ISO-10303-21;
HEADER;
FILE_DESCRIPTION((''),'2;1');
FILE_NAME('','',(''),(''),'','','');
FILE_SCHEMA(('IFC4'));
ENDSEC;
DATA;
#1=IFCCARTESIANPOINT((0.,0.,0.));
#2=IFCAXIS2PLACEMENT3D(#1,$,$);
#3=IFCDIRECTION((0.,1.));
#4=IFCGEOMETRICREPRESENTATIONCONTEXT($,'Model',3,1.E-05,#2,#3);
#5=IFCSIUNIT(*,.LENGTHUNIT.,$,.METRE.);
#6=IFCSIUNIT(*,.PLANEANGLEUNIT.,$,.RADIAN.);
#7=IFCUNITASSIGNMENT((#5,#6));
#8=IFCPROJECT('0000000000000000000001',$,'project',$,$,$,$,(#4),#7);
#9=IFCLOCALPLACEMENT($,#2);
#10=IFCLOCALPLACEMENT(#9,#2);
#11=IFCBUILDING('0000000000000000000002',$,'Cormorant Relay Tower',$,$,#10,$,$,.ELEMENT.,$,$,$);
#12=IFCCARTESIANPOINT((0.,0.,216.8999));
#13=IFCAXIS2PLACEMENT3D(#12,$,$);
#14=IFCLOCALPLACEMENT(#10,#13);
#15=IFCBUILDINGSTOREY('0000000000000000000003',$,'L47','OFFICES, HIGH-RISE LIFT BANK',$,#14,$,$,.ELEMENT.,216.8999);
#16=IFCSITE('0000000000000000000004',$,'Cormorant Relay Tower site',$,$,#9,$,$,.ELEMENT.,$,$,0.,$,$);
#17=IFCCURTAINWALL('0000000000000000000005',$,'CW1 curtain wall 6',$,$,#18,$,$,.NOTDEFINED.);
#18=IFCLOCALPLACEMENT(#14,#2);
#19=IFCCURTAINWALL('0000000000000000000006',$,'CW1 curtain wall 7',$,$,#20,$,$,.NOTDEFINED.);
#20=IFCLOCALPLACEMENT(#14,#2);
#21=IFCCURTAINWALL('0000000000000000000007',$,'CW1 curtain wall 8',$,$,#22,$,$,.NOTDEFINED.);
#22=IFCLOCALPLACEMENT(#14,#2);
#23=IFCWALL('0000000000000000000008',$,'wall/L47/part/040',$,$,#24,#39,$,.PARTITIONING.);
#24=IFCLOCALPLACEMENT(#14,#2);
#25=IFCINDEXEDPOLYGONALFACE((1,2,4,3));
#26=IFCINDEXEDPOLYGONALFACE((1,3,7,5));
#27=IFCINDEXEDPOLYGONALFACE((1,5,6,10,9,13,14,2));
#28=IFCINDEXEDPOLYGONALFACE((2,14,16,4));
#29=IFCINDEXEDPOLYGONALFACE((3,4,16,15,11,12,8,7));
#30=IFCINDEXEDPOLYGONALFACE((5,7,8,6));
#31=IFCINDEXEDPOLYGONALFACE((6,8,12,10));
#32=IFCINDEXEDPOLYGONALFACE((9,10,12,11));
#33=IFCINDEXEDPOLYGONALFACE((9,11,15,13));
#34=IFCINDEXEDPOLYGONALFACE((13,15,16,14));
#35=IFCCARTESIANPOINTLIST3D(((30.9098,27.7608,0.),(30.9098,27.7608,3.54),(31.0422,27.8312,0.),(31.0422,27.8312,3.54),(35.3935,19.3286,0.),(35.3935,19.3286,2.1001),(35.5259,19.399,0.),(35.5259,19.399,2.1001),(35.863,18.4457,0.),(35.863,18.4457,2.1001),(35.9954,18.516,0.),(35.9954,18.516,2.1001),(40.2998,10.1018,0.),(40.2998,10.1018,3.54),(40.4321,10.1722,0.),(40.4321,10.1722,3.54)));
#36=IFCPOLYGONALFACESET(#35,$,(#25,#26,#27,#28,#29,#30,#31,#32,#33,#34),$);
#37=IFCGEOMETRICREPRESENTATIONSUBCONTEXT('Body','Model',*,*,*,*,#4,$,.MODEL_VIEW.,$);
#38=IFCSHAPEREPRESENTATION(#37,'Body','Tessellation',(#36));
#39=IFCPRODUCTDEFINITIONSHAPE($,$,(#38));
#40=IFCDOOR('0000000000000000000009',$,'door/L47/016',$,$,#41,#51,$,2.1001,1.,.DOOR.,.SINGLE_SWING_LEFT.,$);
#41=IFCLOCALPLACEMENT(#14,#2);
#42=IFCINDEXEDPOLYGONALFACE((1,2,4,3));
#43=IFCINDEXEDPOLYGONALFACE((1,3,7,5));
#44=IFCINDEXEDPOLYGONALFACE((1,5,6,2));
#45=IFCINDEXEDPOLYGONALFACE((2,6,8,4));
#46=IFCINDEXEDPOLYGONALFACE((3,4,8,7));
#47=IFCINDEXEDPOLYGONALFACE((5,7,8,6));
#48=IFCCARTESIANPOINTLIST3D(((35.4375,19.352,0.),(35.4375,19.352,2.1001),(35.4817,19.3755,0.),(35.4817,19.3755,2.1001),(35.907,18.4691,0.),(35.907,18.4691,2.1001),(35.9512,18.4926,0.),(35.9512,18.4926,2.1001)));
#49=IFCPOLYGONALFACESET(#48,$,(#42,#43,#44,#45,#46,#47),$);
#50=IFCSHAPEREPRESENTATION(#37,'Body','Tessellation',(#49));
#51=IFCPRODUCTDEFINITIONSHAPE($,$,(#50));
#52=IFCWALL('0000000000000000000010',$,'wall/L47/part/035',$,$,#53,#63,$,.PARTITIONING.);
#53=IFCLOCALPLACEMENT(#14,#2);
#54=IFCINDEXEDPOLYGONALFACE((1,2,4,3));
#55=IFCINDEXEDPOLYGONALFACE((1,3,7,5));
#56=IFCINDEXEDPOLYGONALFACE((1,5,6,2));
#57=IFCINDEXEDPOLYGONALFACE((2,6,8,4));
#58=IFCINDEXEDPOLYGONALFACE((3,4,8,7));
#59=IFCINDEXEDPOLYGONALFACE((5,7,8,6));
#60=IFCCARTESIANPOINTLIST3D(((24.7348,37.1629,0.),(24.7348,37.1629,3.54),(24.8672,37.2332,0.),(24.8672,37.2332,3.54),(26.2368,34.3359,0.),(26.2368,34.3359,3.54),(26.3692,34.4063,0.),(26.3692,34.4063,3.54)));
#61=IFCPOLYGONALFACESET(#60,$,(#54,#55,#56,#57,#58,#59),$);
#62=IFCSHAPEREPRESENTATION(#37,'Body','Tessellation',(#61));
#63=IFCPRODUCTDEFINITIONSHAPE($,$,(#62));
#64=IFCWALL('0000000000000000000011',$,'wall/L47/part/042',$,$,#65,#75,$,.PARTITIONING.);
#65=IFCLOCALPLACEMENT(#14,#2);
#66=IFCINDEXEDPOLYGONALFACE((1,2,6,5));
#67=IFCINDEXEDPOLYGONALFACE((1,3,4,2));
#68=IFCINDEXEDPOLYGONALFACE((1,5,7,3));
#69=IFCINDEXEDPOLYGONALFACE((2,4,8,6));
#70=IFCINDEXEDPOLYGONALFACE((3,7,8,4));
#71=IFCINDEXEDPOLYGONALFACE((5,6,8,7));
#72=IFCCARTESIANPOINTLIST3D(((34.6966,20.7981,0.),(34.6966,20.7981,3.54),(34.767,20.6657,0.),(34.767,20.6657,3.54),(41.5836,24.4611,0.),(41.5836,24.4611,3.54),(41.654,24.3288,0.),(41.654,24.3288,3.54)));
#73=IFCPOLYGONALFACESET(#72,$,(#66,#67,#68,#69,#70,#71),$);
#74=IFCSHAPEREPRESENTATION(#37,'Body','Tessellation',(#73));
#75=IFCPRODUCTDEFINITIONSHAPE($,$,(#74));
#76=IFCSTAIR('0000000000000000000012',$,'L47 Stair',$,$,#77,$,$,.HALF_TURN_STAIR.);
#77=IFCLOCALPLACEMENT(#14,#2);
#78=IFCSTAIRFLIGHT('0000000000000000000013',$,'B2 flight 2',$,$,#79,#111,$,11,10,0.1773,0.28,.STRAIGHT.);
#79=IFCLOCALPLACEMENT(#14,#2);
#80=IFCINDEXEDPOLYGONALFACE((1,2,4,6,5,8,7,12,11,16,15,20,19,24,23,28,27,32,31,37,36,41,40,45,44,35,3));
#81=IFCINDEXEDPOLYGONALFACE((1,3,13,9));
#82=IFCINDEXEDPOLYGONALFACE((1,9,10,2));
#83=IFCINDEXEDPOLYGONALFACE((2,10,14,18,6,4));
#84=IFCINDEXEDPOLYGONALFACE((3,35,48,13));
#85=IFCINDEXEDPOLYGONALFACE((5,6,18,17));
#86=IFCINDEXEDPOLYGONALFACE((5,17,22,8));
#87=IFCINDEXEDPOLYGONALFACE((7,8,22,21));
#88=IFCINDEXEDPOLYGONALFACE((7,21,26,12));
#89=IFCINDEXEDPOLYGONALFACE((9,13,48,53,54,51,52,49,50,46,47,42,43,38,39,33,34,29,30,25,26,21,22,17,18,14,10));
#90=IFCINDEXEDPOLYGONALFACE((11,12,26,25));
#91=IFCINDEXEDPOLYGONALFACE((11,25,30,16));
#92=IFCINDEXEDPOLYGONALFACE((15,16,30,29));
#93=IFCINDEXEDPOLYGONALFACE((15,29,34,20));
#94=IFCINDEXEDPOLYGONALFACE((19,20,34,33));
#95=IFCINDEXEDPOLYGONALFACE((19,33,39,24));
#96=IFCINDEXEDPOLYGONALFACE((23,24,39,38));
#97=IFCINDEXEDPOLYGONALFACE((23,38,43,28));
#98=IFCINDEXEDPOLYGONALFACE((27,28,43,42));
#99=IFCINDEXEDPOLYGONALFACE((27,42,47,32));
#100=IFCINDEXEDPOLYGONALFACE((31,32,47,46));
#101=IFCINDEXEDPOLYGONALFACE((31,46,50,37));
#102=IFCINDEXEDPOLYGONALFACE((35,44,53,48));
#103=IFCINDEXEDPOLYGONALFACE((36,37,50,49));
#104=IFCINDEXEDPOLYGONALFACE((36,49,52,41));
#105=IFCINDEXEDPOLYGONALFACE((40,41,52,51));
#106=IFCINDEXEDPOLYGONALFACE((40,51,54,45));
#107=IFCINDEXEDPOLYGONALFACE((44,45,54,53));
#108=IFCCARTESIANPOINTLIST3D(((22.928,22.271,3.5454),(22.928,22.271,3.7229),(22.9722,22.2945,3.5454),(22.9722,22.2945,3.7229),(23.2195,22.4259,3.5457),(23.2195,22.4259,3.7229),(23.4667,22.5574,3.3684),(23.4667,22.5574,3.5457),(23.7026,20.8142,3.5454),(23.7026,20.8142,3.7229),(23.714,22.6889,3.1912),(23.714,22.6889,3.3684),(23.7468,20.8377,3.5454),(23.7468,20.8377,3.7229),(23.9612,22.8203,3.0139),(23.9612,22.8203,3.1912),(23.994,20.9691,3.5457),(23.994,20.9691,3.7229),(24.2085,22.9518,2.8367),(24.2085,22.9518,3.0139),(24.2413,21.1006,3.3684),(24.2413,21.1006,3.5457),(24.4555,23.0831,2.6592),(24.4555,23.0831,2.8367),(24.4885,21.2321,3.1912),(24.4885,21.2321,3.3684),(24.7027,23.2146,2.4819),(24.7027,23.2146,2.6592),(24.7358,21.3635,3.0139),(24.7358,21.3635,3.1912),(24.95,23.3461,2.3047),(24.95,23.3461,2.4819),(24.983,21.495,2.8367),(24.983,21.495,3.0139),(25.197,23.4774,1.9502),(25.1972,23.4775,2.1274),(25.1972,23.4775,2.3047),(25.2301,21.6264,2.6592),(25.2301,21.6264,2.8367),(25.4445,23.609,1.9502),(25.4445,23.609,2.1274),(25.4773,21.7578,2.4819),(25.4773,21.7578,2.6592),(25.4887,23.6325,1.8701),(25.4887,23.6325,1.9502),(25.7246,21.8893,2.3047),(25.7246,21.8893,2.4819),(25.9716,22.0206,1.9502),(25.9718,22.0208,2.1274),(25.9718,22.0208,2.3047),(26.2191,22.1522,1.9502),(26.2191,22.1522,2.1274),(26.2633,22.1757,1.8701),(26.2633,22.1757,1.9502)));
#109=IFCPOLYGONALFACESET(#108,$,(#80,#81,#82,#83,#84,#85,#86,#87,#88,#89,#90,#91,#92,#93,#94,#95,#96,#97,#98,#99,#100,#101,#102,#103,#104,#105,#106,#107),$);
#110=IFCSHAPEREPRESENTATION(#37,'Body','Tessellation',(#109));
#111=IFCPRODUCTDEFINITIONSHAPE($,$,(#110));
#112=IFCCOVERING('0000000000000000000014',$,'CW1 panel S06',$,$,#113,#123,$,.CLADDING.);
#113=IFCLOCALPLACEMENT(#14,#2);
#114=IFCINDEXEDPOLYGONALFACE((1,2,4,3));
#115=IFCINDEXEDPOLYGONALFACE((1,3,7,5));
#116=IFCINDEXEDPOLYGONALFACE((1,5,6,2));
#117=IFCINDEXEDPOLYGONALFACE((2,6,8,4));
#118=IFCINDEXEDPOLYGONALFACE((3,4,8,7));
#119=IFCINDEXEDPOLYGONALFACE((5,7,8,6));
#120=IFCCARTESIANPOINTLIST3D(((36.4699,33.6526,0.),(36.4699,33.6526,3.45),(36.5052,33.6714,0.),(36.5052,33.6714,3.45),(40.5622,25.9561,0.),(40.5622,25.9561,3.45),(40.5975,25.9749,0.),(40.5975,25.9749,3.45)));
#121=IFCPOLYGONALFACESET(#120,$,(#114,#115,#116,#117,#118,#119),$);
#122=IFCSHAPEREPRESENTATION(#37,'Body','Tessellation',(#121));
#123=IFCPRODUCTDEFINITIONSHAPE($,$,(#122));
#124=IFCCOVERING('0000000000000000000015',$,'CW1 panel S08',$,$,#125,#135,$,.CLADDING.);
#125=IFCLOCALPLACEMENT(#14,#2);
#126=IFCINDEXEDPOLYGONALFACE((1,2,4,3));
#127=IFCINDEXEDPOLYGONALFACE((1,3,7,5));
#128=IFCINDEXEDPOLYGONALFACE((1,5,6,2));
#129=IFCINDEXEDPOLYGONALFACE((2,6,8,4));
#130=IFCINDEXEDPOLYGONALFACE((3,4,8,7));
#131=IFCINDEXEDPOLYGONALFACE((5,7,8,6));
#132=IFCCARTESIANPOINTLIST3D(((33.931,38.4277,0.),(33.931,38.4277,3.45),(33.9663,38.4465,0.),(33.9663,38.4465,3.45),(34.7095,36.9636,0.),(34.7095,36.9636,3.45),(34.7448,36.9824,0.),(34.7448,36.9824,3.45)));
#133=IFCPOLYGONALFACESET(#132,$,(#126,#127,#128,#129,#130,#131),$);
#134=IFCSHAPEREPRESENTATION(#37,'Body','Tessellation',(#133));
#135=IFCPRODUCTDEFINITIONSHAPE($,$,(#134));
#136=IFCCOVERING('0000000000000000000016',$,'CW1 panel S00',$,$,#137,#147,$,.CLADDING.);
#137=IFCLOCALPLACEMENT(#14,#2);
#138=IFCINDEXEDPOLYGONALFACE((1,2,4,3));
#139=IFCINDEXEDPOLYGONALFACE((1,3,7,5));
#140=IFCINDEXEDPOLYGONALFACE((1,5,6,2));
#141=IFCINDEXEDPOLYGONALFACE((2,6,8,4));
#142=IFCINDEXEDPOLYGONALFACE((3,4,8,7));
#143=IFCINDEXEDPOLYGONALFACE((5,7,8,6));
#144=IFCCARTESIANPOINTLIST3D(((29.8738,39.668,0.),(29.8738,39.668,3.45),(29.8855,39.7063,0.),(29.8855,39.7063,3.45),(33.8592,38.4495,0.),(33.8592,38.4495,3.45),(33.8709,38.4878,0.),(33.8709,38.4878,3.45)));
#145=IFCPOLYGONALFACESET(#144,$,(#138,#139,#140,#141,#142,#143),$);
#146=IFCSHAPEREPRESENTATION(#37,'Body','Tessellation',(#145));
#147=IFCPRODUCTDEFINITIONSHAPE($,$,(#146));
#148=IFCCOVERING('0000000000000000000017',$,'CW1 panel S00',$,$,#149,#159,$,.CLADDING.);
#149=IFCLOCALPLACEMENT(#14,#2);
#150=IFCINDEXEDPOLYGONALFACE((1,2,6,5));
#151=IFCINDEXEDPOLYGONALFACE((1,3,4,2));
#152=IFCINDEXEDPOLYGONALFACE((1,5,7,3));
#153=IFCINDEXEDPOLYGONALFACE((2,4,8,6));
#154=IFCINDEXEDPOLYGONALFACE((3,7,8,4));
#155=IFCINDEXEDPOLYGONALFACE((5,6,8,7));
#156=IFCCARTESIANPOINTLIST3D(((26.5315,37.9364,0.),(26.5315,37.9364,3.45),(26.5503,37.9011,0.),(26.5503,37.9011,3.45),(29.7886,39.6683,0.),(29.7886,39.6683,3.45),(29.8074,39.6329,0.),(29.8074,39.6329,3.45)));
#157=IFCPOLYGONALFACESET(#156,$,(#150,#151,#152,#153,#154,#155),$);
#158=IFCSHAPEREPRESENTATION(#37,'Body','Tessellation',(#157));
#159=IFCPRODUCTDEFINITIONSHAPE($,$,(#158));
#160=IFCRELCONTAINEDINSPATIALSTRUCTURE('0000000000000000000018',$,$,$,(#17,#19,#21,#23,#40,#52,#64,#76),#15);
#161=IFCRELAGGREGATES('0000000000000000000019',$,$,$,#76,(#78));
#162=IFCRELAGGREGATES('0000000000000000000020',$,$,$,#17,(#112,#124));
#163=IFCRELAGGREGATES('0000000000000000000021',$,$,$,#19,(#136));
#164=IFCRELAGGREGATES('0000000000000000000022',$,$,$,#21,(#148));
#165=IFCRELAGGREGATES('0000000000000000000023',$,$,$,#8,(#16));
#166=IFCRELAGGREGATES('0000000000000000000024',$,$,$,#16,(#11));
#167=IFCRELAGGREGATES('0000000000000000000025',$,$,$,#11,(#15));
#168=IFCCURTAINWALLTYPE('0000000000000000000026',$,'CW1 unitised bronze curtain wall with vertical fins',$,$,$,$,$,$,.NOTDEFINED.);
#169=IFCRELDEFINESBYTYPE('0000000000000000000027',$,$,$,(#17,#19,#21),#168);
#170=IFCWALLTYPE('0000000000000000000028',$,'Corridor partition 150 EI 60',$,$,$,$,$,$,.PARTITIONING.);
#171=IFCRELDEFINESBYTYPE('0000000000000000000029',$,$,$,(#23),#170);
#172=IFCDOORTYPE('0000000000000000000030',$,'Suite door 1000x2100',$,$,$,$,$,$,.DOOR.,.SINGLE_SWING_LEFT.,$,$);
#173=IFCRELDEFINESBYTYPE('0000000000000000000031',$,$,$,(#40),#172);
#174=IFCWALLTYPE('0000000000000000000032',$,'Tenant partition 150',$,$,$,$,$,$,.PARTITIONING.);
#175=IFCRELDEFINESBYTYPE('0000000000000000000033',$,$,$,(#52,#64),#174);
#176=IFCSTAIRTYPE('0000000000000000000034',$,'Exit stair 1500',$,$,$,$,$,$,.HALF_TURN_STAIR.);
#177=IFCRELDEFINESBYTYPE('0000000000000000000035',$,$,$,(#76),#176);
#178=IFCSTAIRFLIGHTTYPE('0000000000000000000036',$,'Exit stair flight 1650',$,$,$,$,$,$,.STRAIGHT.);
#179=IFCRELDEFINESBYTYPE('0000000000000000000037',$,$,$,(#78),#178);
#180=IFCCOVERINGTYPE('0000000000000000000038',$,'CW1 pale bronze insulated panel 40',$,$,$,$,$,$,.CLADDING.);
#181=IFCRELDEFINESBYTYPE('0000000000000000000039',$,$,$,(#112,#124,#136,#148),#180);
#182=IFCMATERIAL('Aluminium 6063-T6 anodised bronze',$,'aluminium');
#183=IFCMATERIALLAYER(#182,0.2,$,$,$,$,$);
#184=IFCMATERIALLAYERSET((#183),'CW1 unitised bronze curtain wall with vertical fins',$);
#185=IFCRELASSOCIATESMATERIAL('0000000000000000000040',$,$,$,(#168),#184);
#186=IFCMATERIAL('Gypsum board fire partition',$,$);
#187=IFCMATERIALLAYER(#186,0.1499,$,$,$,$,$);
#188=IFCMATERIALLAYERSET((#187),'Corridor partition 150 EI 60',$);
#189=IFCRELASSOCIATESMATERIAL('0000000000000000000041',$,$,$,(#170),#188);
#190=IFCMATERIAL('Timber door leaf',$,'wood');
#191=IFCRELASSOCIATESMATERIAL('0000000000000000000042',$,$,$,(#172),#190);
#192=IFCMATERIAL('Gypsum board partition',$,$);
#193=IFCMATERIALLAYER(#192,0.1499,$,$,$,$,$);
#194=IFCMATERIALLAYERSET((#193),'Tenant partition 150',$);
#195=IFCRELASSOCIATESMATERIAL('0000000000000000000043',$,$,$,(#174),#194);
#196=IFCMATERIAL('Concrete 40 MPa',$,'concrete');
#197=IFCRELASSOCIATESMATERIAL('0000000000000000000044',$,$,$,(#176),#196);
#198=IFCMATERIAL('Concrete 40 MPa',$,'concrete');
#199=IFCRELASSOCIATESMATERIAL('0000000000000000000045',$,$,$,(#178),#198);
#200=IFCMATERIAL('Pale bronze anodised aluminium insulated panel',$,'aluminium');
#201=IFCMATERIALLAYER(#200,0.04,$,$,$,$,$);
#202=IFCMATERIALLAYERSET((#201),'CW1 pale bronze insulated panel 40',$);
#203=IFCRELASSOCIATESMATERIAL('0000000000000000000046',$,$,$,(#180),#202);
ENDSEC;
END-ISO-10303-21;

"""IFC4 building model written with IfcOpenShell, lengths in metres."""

from ifc_helpers import new_model, si_unit, direction, frame, frame_2d, origin, origin_2d, place, context, subcontext, project, spatial, polyline, rectangle, outline, extrude, material, layer, layer_set, type_object, element, fill, aggregate, save


model = new_model("IFC4")

# Units and contexts
model_context = context("Model", 3, precision=1e-05, world=origin(), true_north=direction((0.0, 1.0)))
body_context = subcontext(model_context, "Body", "Model", "MODEL_VIEW")
ifc_project = project(units=[si_unit("LENGTHUNIT", "METRE"), si_unit("PLANEANGLEUNIT", "RADIAN")], contexts=[model_context])

# Site, building, storey
site_placement = place(None, origin())
site = spatial("IfcSite", under=ifc_project, at=site_placement, Name="Cormorant Relay Tower site", CompositionType="ELEMENT", RefElevation=0.0)
building_placement = place(site_placement, origin())
building = spatial("IfcBuilding", under=site, at=building_placement, Name="Cormorant Relay Tower", CompositionType="ELEMENT")
storey_placement = place(building_placement, frame((0.0, 0.0, 216.8999)))
storey = spatial("IfcBuildingStorey", under=building, at=storey_placement, Name="L47", Description="OFFICES, HIGH-RISE LIFT BANK", CompositionType="ELEMENT", Elevation=216.8999)

# Curtain wall
ifc_material_1 = material(Name="Aluminium 6063-T6 anodised bronze", Category="aluminium")
ifc_layer_1 = layer(ifc_material_1, 0.2)
ifc_layer_set_1 = layer_set([ifc_layer_1], Name="CW1 unitised bronze curtain wall with vertical fins")
curtain_wall_type = type_object("IfcCurtainWallType", Name="CW1 unitised bronze curtain wall with vertical fins", PredefinedType="NOTDEFINED", material=ifc_layer_set_1)
curtain_wall_1_placement = place(storey_placement, origin())
curtain_wall_1 = element("IfcCurtainWall", 1, at=curtain_wall_1_placement, inside=storey, type_object=curtain_wall_type, Name="CW1 curtain wall 6", PredefinedType="NOTDEFINED")

# Curtain walls
curtain_wall_2_placement = place(storey_placement, origin())
curtain_wall_2 = element("IfcCurtainWall", 2, at=curtain_wall_2_placement, inside=storey, type_object=curtain_wall_type, Name="CW1 curtain wall 7", PredefinedType="NOTDEFINED")
curtain_wall_3_placement = place(storey_placement, origin())
curtain_wall_3 = element("IfcCurtainWall", 3, at=curtain_wall_3_placement, inside=storey, type_object=curtain_wall_type, Name="CW1 curtain wall 8", PredefinedType="NOTDEFINED")

# Wall, opening, door
ifc_material_2 = material(Name="Gypsum board fire partition")
ifc_layer_2 = layer(ifc_material_2, 0.1499)
ifc_layer_set_2 = layer_set([ifc_layer_2], Name="Corridor partition 150 EI 60")
wall_type_1 = type_object("IfcWallType", Name="Corridor partition 150 EI 60", PredefinedType="PARTITIONING", material=ifc_layer_set_2)
ifc_material_3 = material(Name="Timber door leaf", Category="wood")
door_type = type_object("IfcDoorType", Name="Suite door 1000x2100", OperationType="SINGLE_SWING_LEFT", PredefinedType="DOOR", material=ifc_material_3)
wall_1_placement = place(storey_placement, frame((30.9761, 27.7959, 0.0), z_axis=(0.0, 0.0, 1.0), x_axis=(0.46949, -0.882938, 0.0)))
wall_1 = element("IfcWall", 4, at=wall_1_placement, inside=storey, type_object=wall_type_1, Name="wall/L47/part/040", PredefinedType="PARTITIONING", context=body_context, shape_type="SweptSolid", body=[
    extrude(rectangle(XDim=20.0002, YDim=0.1499, at=frame_2d((10.0, 0.0))), origin(), (0.0, 0.0, 1.0), 3.54),
])
opening_1_placement = place(wall_1_placement, frame((9.55, 0.0, 0.0)))
opening_1 = element("IfcOpeningElement", 5, at=opening_1_placement, cuts=wall_1, PredefinedType="OPENING", context=body_context, shape_type="SweptSolid", body=[
    extrude(rectangle(XDim=1.0, YDim=2.1001, at=frame_2d((0.5, 1.05))), frame((0.0, 0.085, 0.0), z_axis=(0.0, -1.0, 0.0), x_axis=(1.0, 0.0, 0.0)), (0.0, 0.0, 1.0), 0.1699),
])
door_1_placement = place(opening_1_placement, origin())
door_1 = element("IfcDoor", 6, at=door_1_placement, inside=storey, type_object=door_type, Name="door/L47/016", OperationType="SINGLE_SWING_LEFT", OverallHeight=2.1001, OverallWidth=1.0, PredefinedType="DOOR", context=body_context, shape_type="SweptSolid", body=[
    extrude(rectangle(XDim=1.0, YDim=2.1001, at=frame_2d((0.5, 1.05))), frame((0.0, 0.0249, 0.0), z_axis=(0.0, -1.0, 0.0), x_axis=(1.0, 0.0, 0.0)), (0.0, 0.0, 1.0), 0.05),
])
fill(opening_1, door_1)

# Walls
ifc_material_4 = material(Name="Gypsum board partition")
ifc_layer_3 = layer(ifc_material_4, 0.1499)
ifc_layer_set_3 = layer_set([ifc_layer_3], Name="Tenant partition 150")
wall_type_2 = type_object("IfcWallType", Name="Tenant partition 150", PredefinedType="PARTITIONING", material=ifc_layer_set_3)
wall_2_placement = place(storey_placement, frame((26.303, 34.3711, 0.0), z_axis=(0.0, 0.0, 1.0), x_axis=(-0.469194, 0.883095, 0.0)))
element("IfcWall", 7, at=wall_2_placement, inside=storey, type_object=wall_type_2, Name="wall/L47/part/035", PredefinedType="PARTITIONING", context=body_context, shape_type="SweptSolid", body=[
    extrude(rectangle(XDim=3.2012, YDim=0.1499, at=frame_2d((1.6006, 0.0))), origin(), (0.0, 0.0, 1.0), 3.54),
])
wall_3_placement = place(storey_placement, frame((41.6189, 24.395, 0.0), z_axis=(0.0, 0.0, 1.0), x_axis=(-0.882883, -0.469594, 0.0)))
element("IfcWall", 8, at=wall_3_placement, inside=storey, type_object=wall_type_2, Name="wall/L47/part/042", PredefinedType="PARTITIONING", context=body_context, shape_type="SweptSolid", body=[
    extrude(rectangle(XDim=7.8005, YDim=0.1499, at=frame_2d((3.9004, 0.0))), origin(), (0.0, 0.0, 1.0), 3.54),
])

# Stair, stair flight
ifc_material_5 = material(Name="Concrete 40 MPa", Category="concrete")
stair_type = type_object("IfcStairType", Name="Exit stair 1500", PredefinedType="HALF_TURN_STAIR", material=ifc_material_5)
stair_placement = place(storey_placement, origin())
stair = element("IfcStair", 9, at=stair_placement, inside=storey, type_object=stair_type, Name="L47 Stair", PredefinedType="HALF_TURN_STAIR")
ifc_material_6 = material(Name="Concrete 40 MPa", Category="concrete")
stair_flight_type = type_object("IfcStairFlightType", Name="Exit stair flight 1650", PredefinedType="STRAIGHT", material=ifc_material_6)
stair_flight_placement = place(storey_placement, frame((25.8318, 22.8806, 1.9502), z_axis=(0.0, 0.0, 1.0), x_axis=(-0.882948, -0.469472, 0.0)))
stair_flight = element("IfcStairFlight", 10, at=stair_flight_placement, type_object=stair_flight_type, Name="B2 flight 2", NumberOfRisers=11, NumberOfTreads=10, PredefinedType="STRAIGHT", RiserHeight=0.1773, TreadLength=0.28, context=body_context, shape_type="SweptSolid", body=[
    extrude(outline(polyline([(-0.05, -0.0801), (-0.05, 0.0), (0.0, 0.0), (0.0, 0.1772), (0.28, 0.1772), (0.28, 0.3545), (0.5601, 0.3545), (0.5601, 0.5317), (0.8401, 0.5317), (0.8401, 0.709), (1.1201, 0.709), (1.1201, 0.8865), (1.3999, 0.8865), (1.3999, 1.0637), (1.6799, 1.0637), (1.6799, 1.241), (1.96, 1.241), (1.96, 1.4182), (2.24, 1.4182), (2.24, 1.5955), (2.52, 1.5955), (2.52, 1.7727), (2.8, 1.7727), (2.8501, 1.7727), (2.8501, 1.5952), (2.8, 1.5952), (0.2803, 0.0), (-0.05, -0.0801)])), frame((0.0, 0.825, 0.0), z_axis=(0.0, -1.0, 0.0), x_axis=(1.0, 0.0, 0.0)), (0.0, 0.0, 1.0), 1.6499),
])
aggregate(stair, [stair_flight])

# Coverings
ifc_material_7 = material(Name="Pale bronze anodised aluminium insulated panel", Category="aluminium")
ifc_layer_4 = layer(ifc_material_7, 0.04)
ifc_layer_set_4 = layer_set([ifc_layer_4], Name="CW1 pale bronze insulated panel 40")
covering_type = type_object("IfcCoveringType", Name="CW1 pale bronze insulated panel 40", PredefinedType="CLADDING", material=ifc_layer_set_4)
covering_1_placement = place(storey_placement, frame((38.5337, 29.8137, 0.0), z_axis=(0.0, 0.0, 1.0), x_axis=(-0.469472, 0.882948, 0.0)))
covering_1 = element("IfcCovering", 11, at=covering_1_placement, type_object=covering_type, Name="CW1 panel S06", PredefinedType="CLADDING", context=body_context, shape_type="SweptSolid", body=[
    extrude(rectangle(XDim=8.7168, YDim=0.04, at=origin_2d()), origin(), (0.0, 0.0, 1.0), 3.45),
])
covering_2_placement = place(storey_placement, frame((34.3379, 37.7051, 0.0), z_axis=(0.0, 0.0, 1.0), x_axis=(-0.469472, 0.882948, 0.0)))
covering_2 = element("IfcCovering", 12, at=covering_2_placement, type_object=covering_type, Name="CW1 panel S08", PredefinedType="CLADDING", context=body_context, shape_type="SweptSolid", body=[
    extrude(rectangle(XDim=1.6582, YDim=0.04, at=origin_2d()), origin(), (0.0, 0.0, 1.0), 3.45),
])
aggregate(curtain_wall_1, [covering_1, covering_2])
covering_3_placement = place(storey_placement, frame((31.8723, 39.0779, 0.0), z_axis=(0.0, 0.0, 1.0), x_axis=(-0.956305, 0.292372, 0.0)))
covering_3 = element("IfcCovering", 13, at=covering_3_placement, type_object=covering_type, Name="CW1 panel S00", PredefinedType="CLADDING", context=body_context, shape_type="SweptSolid", body=[
    extrude(rectangle(XDim=4.1675, YDim=0.04, at=origin_2d()), origin(), (0.0, 0.0, 1.0), 3.45),
])
aggregate(curtain_wall_2, [covering_3])
covering_4_placement = place(storey_placement, frame((28.1694, 38.7847, 0.0), z_axis=(0.0, 0.0, 1.0), x_axis=(-0.882948, -0.469472, 0.0)))
covering_4 = element("IfcCovering", 14, at=covering_4_placement, type_object=covering_type, Name="CW1 panel S00", PredefinedType="CLADDING", context=body_context, shape_type="SweptSolid", body=[
    extrude(rectangle(XDim=3.689, YDim=0.04, at=origin_2d()), origin(), (0.0, 0.0, 1.0), 3.45),
])
aggregate(curtain_wall_3, [covering_4])

save(model, "model.ifc")
